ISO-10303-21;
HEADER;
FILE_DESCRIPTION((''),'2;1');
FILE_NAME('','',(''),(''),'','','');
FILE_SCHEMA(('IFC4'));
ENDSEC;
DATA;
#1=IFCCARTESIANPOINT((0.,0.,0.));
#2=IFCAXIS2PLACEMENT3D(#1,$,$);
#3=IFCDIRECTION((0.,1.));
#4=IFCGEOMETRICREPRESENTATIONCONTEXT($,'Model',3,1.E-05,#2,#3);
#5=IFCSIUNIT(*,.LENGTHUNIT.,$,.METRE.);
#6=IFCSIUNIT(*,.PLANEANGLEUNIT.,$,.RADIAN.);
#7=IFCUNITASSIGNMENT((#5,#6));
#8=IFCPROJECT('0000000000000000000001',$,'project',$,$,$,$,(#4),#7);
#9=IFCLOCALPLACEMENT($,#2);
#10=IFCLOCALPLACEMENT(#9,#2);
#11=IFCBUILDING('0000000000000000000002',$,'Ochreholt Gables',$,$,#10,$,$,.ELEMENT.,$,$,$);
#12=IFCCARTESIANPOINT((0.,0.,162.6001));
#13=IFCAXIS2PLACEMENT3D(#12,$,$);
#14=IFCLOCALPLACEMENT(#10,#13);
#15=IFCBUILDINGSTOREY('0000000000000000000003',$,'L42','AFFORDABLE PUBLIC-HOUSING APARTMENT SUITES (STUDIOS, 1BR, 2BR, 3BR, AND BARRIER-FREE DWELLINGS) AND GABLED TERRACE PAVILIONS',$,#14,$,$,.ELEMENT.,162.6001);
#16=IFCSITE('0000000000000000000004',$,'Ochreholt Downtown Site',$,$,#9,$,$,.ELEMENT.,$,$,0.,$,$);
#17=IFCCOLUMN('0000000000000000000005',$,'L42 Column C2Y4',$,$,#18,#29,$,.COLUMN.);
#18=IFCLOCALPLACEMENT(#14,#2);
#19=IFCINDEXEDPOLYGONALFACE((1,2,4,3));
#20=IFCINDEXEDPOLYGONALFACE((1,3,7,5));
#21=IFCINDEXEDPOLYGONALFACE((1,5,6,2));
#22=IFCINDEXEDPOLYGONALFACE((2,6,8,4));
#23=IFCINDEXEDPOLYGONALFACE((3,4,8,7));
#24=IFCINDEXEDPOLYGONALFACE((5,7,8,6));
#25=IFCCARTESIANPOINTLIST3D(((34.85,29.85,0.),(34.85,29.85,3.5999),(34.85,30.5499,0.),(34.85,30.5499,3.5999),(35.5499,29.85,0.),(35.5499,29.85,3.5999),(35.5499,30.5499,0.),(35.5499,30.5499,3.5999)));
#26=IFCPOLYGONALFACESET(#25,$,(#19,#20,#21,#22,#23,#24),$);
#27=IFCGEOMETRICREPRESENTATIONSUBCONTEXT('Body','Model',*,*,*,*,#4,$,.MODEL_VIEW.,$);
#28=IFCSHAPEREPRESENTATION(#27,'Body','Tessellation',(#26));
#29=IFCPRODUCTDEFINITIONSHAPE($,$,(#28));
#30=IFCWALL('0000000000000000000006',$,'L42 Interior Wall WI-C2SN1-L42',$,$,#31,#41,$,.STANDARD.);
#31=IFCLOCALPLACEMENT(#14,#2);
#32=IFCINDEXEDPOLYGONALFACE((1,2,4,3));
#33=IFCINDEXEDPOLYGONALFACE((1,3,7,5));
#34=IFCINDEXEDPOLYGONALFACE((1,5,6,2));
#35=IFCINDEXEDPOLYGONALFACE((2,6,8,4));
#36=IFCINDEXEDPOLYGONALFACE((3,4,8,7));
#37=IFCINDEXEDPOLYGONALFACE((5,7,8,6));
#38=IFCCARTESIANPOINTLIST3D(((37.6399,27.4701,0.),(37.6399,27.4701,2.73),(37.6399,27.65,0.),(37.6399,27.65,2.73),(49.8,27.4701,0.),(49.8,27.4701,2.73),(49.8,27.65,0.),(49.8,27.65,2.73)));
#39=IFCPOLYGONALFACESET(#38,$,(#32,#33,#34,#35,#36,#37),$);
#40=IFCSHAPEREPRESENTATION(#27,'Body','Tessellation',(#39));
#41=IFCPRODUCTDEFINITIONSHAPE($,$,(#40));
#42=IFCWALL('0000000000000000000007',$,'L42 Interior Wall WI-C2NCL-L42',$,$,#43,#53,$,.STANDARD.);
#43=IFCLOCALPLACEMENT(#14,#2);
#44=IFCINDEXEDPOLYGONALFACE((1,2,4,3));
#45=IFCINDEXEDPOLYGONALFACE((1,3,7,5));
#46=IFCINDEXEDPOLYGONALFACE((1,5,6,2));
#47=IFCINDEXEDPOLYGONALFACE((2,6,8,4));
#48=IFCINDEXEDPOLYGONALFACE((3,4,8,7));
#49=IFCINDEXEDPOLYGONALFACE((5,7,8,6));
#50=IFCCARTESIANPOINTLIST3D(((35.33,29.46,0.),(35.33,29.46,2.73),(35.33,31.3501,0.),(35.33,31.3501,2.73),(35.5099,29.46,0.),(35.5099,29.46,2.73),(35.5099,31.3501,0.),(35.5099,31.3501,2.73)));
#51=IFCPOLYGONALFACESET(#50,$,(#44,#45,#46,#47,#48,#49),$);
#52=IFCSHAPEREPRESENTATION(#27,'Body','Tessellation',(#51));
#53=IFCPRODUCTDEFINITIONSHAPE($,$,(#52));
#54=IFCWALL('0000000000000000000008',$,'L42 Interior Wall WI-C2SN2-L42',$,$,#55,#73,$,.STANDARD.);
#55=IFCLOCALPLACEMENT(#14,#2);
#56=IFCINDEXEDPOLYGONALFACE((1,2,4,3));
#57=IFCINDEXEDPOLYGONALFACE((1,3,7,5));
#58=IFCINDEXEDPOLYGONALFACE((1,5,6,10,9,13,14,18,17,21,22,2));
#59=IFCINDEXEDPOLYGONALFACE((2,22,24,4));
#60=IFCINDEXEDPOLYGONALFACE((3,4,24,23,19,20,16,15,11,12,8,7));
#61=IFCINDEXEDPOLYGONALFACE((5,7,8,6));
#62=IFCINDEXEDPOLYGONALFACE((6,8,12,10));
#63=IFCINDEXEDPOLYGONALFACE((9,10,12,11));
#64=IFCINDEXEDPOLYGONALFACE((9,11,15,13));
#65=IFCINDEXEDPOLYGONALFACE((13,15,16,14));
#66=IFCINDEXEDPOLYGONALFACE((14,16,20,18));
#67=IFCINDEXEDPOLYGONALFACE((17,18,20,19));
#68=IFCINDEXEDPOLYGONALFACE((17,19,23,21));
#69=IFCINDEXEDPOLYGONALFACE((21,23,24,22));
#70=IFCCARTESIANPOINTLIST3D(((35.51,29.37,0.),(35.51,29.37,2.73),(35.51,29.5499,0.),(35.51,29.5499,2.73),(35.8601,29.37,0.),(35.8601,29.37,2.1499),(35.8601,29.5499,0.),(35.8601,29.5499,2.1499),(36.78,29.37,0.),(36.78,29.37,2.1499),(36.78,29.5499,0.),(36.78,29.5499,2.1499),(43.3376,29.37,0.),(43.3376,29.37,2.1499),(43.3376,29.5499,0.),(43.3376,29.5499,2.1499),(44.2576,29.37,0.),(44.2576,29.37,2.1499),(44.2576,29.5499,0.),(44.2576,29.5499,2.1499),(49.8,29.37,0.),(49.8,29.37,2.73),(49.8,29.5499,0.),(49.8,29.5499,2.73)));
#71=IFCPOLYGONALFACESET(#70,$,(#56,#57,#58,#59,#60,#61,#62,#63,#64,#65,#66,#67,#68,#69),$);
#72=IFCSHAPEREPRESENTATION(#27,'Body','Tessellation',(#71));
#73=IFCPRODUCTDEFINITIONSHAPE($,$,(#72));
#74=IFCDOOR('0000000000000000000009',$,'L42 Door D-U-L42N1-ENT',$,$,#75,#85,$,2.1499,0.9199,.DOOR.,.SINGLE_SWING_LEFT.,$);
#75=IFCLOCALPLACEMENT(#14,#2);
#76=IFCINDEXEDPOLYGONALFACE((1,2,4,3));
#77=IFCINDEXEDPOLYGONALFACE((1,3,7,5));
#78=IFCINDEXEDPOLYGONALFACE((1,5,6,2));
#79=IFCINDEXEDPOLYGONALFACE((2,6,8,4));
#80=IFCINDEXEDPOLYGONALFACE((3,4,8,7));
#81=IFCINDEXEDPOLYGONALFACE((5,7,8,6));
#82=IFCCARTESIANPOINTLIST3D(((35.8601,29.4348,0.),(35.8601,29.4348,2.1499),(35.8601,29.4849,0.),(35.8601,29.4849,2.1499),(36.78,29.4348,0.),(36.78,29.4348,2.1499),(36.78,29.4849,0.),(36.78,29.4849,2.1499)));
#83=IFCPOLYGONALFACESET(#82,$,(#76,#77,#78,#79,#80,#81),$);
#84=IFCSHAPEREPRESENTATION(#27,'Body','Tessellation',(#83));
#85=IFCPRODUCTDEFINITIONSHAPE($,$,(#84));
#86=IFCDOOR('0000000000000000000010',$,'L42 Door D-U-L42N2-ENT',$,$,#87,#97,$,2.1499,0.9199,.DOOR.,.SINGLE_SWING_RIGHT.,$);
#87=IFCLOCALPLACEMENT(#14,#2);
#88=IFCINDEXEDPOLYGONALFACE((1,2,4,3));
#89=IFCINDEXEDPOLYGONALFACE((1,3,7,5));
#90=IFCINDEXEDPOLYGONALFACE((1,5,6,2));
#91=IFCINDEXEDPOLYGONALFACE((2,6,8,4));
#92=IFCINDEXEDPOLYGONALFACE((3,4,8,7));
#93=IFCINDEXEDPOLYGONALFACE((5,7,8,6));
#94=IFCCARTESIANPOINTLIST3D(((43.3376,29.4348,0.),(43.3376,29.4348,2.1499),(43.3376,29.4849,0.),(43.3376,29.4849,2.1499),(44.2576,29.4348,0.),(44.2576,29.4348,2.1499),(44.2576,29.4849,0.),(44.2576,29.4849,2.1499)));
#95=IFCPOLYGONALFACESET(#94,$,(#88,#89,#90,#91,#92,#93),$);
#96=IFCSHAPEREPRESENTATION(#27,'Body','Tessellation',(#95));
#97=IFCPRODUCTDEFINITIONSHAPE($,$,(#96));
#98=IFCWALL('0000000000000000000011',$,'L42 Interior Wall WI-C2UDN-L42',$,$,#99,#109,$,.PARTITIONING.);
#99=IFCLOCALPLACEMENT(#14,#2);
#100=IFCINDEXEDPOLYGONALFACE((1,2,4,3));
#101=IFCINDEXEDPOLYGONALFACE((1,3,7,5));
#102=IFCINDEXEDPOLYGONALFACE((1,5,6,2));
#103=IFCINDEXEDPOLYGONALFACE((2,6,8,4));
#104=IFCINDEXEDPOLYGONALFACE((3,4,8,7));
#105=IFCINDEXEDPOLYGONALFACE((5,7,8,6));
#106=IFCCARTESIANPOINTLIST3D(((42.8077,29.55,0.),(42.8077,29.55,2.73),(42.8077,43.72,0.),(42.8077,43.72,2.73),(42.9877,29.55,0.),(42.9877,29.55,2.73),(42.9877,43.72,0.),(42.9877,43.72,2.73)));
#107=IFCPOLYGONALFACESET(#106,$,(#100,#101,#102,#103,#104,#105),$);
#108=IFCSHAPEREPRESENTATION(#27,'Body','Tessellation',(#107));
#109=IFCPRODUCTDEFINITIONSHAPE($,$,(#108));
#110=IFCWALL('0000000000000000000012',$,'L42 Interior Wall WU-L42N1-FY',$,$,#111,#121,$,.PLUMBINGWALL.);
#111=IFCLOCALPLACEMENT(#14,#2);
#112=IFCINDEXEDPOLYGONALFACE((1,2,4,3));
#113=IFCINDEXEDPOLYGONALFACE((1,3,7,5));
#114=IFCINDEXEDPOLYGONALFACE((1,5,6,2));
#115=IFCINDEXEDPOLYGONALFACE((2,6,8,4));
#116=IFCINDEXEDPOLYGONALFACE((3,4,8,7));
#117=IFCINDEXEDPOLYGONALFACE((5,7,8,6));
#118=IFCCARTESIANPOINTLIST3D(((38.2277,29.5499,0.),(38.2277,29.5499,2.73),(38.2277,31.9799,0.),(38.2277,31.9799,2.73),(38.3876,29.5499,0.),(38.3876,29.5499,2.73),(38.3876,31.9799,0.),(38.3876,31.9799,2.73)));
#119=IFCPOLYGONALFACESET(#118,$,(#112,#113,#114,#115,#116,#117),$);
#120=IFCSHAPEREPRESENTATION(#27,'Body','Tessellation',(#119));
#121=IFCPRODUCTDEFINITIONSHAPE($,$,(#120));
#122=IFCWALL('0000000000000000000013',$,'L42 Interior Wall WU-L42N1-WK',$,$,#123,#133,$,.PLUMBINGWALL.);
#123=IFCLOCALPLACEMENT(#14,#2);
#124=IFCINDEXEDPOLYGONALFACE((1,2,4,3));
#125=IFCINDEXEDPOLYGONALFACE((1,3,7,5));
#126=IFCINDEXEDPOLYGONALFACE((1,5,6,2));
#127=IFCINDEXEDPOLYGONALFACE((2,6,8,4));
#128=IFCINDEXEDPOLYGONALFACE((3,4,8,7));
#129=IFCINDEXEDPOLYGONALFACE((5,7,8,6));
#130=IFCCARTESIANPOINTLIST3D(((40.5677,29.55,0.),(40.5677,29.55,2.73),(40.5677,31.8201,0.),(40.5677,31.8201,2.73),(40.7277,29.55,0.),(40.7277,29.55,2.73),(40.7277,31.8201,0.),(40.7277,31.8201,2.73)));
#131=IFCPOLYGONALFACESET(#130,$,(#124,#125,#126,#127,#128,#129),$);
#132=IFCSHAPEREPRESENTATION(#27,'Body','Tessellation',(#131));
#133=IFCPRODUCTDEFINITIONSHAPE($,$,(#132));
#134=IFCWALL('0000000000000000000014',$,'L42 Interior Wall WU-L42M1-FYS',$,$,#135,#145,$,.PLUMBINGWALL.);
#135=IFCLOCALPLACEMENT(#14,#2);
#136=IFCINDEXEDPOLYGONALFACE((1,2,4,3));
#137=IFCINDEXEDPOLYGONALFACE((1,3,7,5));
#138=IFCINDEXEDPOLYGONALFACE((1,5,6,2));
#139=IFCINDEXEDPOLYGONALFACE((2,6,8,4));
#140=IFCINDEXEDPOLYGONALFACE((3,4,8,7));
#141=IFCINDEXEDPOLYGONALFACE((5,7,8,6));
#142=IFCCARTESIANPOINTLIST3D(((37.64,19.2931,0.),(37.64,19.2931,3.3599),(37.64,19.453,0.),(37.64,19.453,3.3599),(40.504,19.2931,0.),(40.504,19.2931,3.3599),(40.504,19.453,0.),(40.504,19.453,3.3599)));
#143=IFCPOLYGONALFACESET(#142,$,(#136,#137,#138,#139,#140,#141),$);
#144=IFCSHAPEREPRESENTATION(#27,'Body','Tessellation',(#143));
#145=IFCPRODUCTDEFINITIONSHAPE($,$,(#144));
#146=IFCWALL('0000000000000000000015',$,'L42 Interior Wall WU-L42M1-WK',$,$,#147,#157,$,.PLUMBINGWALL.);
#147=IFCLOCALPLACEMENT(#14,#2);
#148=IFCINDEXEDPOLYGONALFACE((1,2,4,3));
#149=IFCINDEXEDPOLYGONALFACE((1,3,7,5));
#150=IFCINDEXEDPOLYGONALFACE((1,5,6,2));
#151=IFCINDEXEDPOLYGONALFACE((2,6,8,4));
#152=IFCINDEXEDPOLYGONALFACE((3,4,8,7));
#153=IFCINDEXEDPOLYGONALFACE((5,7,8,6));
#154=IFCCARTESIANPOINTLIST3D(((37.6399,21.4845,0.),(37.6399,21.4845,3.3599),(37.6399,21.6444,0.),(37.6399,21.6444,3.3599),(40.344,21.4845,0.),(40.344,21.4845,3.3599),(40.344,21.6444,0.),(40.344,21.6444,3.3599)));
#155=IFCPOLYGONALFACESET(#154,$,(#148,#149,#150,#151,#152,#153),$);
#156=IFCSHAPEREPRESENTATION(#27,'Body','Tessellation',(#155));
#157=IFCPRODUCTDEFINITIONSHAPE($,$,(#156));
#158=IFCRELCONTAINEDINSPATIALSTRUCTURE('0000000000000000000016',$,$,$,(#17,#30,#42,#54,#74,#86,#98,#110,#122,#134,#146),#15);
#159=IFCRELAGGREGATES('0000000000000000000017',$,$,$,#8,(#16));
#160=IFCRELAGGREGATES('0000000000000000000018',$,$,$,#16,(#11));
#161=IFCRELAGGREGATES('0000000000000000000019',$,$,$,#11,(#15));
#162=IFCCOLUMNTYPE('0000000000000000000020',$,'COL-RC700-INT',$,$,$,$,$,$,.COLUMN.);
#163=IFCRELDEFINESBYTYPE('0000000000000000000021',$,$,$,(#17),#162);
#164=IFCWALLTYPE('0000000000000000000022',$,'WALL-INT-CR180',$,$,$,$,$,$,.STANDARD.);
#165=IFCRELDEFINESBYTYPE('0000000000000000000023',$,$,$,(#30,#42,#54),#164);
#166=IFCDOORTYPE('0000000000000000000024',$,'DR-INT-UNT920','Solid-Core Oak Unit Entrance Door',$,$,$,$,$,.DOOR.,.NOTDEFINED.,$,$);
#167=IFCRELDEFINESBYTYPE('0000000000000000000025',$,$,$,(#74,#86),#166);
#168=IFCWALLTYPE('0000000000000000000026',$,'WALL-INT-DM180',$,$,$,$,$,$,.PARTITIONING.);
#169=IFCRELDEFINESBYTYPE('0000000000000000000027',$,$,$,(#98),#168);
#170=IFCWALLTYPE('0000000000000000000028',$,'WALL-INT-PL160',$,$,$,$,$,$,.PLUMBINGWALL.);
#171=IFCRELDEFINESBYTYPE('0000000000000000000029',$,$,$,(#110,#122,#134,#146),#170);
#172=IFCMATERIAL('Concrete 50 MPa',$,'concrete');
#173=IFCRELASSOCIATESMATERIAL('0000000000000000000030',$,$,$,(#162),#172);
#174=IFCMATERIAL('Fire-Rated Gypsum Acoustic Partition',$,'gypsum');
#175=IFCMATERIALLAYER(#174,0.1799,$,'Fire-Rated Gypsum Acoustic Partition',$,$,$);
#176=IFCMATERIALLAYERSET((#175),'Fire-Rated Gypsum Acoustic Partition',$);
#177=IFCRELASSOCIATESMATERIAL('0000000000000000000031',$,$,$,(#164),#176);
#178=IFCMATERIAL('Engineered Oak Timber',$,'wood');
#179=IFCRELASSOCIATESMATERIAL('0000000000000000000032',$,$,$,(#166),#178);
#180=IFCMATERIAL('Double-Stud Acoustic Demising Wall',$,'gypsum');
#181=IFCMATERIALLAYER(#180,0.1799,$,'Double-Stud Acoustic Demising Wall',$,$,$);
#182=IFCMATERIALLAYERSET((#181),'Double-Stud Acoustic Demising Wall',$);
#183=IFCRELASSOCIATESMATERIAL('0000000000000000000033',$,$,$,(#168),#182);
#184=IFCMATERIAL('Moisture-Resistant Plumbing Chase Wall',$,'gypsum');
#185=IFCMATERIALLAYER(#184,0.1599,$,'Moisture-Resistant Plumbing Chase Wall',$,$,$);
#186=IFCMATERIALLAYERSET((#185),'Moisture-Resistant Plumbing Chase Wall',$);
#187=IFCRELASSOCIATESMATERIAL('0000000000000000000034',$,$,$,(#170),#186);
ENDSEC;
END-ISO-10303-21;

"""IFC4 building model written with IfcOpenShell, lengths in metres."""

from ifc_helpers import new_model, si_unit, direction, frame, frame_2d, origin, origin_2d, place, context, subcontext, project, spatial, rectangle, extrude, material, layer, layer_set, material_profile, profile_set, type_object, element, fill, save


model = new_model("IFC4")

# Units and contexts
model_context = context("Model", 3, precision=1e-05, world=origin(), true_north=direction((0.0, 1.0)))
body_context = subcontext(model_context, "Body", "Model", "MODEL_VIEW")
ifc_project = project(units=[si_unit("LENGTHUNIT", "METRE"), si_unit("PLANEANGLEUNIT", "RADIAN")], contexts=[model_context])

# Site, building, storey
site_placement = place(None, origin())
site = spatial("IfcSite", under=ifc_project, at=site_placement, Name="Ochreholt Downtown Site", CompositionType="ELEMENT", RefElevation=0.0)
building_placement = place(site_placement, origin())
building = spatial("IfcBuilding", under=site, at=building_placement, Name="Ochreholt Gables", CompositionType="ELEMENT")
storey_placement = place(building_placement, frame((0.0, 0.0, 162.6001)))
storey = spatial("IfcBuildingStorey", under=building, at=storey_placement, Name="L42", Description="AFFORDABLE PUBLIC-HOUSING APARTMENT SUITES (STUDIOS, 1BR, 2BR, 3BR, AND BARRIER-FREE DWELLINGS) AND GABLED TERRACE PAVILIONS", CompositionType="ELEMENT", Elevation=162.6001)

# Column
ifc_material_1 = material(Name="Concrete 50 MPa", Category="concrete")
ifc_material_profile = material_profile(ifc_material_1, rectangle(XDim=0.7, YDim=0.7, at=origin_2d()), Name="RC700X700")
ifc_profile_set = profile_set([ifc_material_profile], Name="Concrete 50 MPa")
column_type = type_object("IfcColumnType", Name="COL-RC700-INT", PredefinedType="COLUMN", material=ifc_profile_set)
column_placement = place(storey_placement, frame((35.2, 30.2, 0.0), z_axis=(0.0, 0.0, 1.0), x_axis=(1.0, 0.0, 0.0)))
element("IfcColumn", 1, at=column_placement, inside=storey, type_object=column_type, Name="L42 Column C2Y4", PredefinedType="COLUMN", context=body_context, shape_type="SweptSolid", body=[
    extrude(rectangle(XDim=0.7, YDim=0.7, at=origin_2d()), origin(), (0.0, 0.0, 1.0), 3.5999),
])

# Walls
ifc_material_2 = material(Name="Fire-Rated Gypsum Acoustic Partition", Category="gypsum")
ifc_layer_1 = layer(ifc_material_2, 0.1799, Name="Fire-Rated Gypsum Acoustic Partition")
ifc_layer_set_1 = layer_set([ifc_layer_1], Name="Fire-Rated Gypsum Acoustic Partition")
wall_type_1 = type_object("IfcWallType", Name="WALL-INT-CR180", PredefinedType="STANDARD", material=ifc_layer_set_1)
wall_1_placement = place(storey_placement, frame((37.6399, 27.5601, 0.0), z_axis=(0.0, 0.0, 1.0), x_axis=(1.0, 0.0, 0.0)))
element("IfcWall", 2, at=wall_1_placement, inside=storey, type_object=wall_type_1, Name="L42 Interior Wall WI-C2SN1-L42", PredefinedType="STANDARD", context=body_context, shape_type="SweptSolid", body=[
    extrude(rectangle(XDim=12.1602, YDim=0.1799, at=frame_2d((6.0801, 0.0))), origin(), (0.0, 0.0, 1.0), 2.73),
])
wall_2_placement = place(storey_placement, frame((35.4199, 29.46, 0.0), z_axis=(0.0, 0.0, 1.0), x_axis=(0.0, 1.0, 0.0)))
element("IfcWall", 3, at=wall_2_placement, inside=storey, type_object=wall_type_1, Name="L42 Interior Wall WI-C2NCL-L42", PredefinedType="STANDARD", context=body_context, shape_type="SweptSolid", body=[
    extrude(rectangle(XDim=1.8901, YDim=0.1799, at=frame_2d((0.9451, 0.0))), origin(), (0.0, 0.0, 1.0), 2.73),
])

# Wall, openings, doors
wall_3_placement = place(storey_placement, frame((35.51, 29.46, 0.0), z_axis=(0.0, 0.0, 1.0), x_axis=(1.0, 0.0, 0.0)))
wall_3 = element("IfcWall", 4, at=wall_3_placement, inside=storey, type_object=wall_type_1, Name="L42 Interior Wall WI-C2SN2-L42", PredefinedType="STANDARD", context=body_context, shape_type="SweptSolid", body=[
    extrude(rectangle(XDim=14.29, YDim=0.1799, at=frame_2d((7.145, 0.0))), origin(), (0.0, 0.0, 1.0), 2.73),
])
opening_1_placement = place(wall_3_placement, frame((0.3501, 0.0, 0.0)))
opening_1 = element("IfcOpeningElement", 5, at=opening_1_placement, cuts=wall_3, PredefinedType="OPENING", context=body_context, shape_type="SweptSolid", body=[
    extrude(rectangle(XDim=0.9199, YDim=2.1499, at=frame_2d((0.46, 1.075))), frame((0.0, 0.0999, 0.0), z_axis=(0.0, -1.0, 0.0), x_axis=(1.0, 0.0, 0.0)), (0.0, 0.0, 1.0), 0.2),
])
opening_2_placement = place(wall_3_placement, frame((7.8276, 0.0, 0.0)))
opening_2 = element("IfcOpeningElement", 6, at=opening_2_placement, cuts=wall_3, PredefinedType="OPENING", context=body_context, shape_type="SweptSolid", body=[
    extrude(rectangle(XDim=0.9199, YDim=2.1499, at=frame_2d((0.46, 1.075))), frame((0.0, 0.0999, 0.0), z_axis=(0.0, -1.0, 0.0), x_axis=(1.0, 0.0, 0.0)), (0.0, 0.0, 1.0), 0.2),
])
ifc_material_3 = material(Name="Engineered Oak Timber", Category="wood")
door_type_1 = type_object("IfcDoorType", Name="DR-INT-UNT920", Description="Solid-Core Oak Unit Entrance Door", OperationType="NOTDEFINED", PredefinedType="DOOR", material=ifc_material_3)
door_1_placement = place(opening_1_placement, origin())
door_1 = element("IfcDoor", 7, at=door_1_placement, inside=storey, type_object=door_type_1, Name="L42 Door D-U-L42N1-ENT", OperationType="SINGLE_SWING_LEFT", OverallHeight=2.1499, OverallWidth=0.9199, PredefinedType="DOOR", context=body_context, shape_type="SweptSolid", body=[
    extrude(rectangle(XDim=0.9199, YDim=2.1499, at=frame_2d((0.46, 1.075))), frame((0.0, 0.0249, 0.0), z_axis=(0.0, -1.0, 0.0), x_axis=(1.0, 0.0, 0.0)), (0.0, 0.0, 1.0), 0.05),
])
fill(opening_1, door_1)
door_2_placement = place(opening_2_placement, origin())
door_2 = element("IfcDoor", 8, at=door_2_placement, inside=storey, type_object=door_type_1, Name="L42 Door D-U-L42N2-ENT", OperationType="SINGLE_SWING_RIGHT", OverallHeight=2.1499, OverallWidth=0.9199, PredefinedType="DOOR", context=body_context, shape_type="SweptSolid", body=[
    extrude(rectangle(XDim=0.9199, YDim=2.1499, at=frame_2d((0.46, 1.075))), frame((0.0, 0.0249, 0.0), z_axis=(0.0, -1.0, 0.0), x_axis=(1.0, 0.0, 0.0)), (0.0, 0.0, 1.0), 0.05),
])
fill(opening_2, door_2)

# Walls
ifc_material_4 = material(Name="Double-Stud Acoustic Demising Wall", Category="gypsum")
ifc_layer_2 = layer(ifc_material_4, 0.1799, Name="Double-Stud Acoustic Demising Wall")
ifc_layer_set_2 = layer_set([ifc_layer_2], Name="Double-Stud Acoustic Demising Wall")
wall_type_2 = type_object("IfcWallType", Name="WALL-INT-DM180", PredefinedType="PARTITIONING", material=ifc_layer_set_2)
wall_4_placement = place(storey_placement, frame((42.8977, 29.55, 0.0), z_axis=(0.0, 0.0, 1.0), x_axis=(0.0, 1.0, 0.0)))
element("IfcWall", 9, at=wall_4_placement, inside=storey, type_object=wall_type_2, Name="L42 Interior Wall WI-C2UDN-L42", PredefinedType="PARTITIONING", context=body_context, shape_type="SweptSolid", body=[
    extrude(rectangle(XDim=14.1699, YDim=0.1799, at=frame_2d((7.085, 0.0))), origin(), (0.0, 0.0, 1.0), 2.73),
])
ifc_material_5 = material(Name="Moisture-Resistant Plumbing Chase Wall", Category="gypsum")
ifc_layer_3 = layer(ifc_material_5, 0.1599, Name="Moisture-Resistant Plumbing Chase Wall")
ifc_layer_set_3 = layer_set([ifc_layer_3], Name="Moisture-Resistant Plumbing Chase Wall")
wall_type_3 = type_object("IfcWallType", Name="WALL-INT-PL160", PredefinedType="PLUMBINGWALL", material=ifc_layer_set_3)
wall_5_placement = place(storey_placement, frame((38.3076, 29.55, 0.0), z_axis=(0.0, 0.0, 1.0), x_axis=(0.0, 1.0, 0.0)))
element("IfcWall", 10, at=wall_5_placement, inside=storey, type_object=wall_type_3, Name="L42 Interior Wall WU-L42N1-FY", PredefinedType="PLUMBINGWALL", context=body_context, shape_type="SweptSolid", body=[
    extrude(rectangle(XDim=2.4299, YDim=0.1599, at=frame_2d((1.2148, 0.0))), origin(), (0.0, 0.0, 1.0), 2.73),
])
wall_6_placement = place(storey_placement, frame((40.6477, 29.55, 0.0), z_axis=(0.0, 0.0, 1.0), x_axis=(0.0, 1.0, 0.0)))
element("IfcWall", 11, at=wall_6_placement, inside=storey, type_object=wall_type_3, Name="L42 Interior Wall WU-L42N1-WK", PredefinedType="PLUMBINGWALL", context=body_context, shape_type="SweptSolid", body=[
    extrude(rectangle(XDim=2.27, YDim=0.1599, at=frame_2d((1.135, 0.0))), origin(), (0.0, 0.0, 1.0), 2.73),
])
wall_7_placement = place(storey_placement, frame((37.6399, 19.373, 0.0), z_axis=(0.0, 0.0, 1.0), x_axis=(1.0, 0.0, 0.0)))
element("IfcWall", 12, at=wall_7_placement, inside=storey, type_object=wall_type_3, Name="L42 Interior Wall WU-L42M1-FYS", PredefinedType="PLUMBINGWALL", context=body_context, shape_type="SweptSolid", body=[
    extrude(rectangle(XDim=2.864, YDim=0.1599, at=frame_2d((1.4321, 0.0))), origin(), (0.0, 0.0, 1.0), 3.3599),
])
wall_8_placement = place(storey_placement, frame((37.6399, 21.5645, 0.0), z_axis=(0.0, 0.0, 1.0), x_axis=(1.0, 0.0, 0.0)))
element("IfcWall", 13, at=wall_8_placement, inside=storey, type_object=wall_type_3, Name="L42 Interior Wall WU-L42M1-WK", PredefinedType="PLUMBINGWALL", context=body_context, shape_type="SweptSolid", body=[
    extrude(rectangle(XDim=2.7041, YDim=0.1599, at=frame_2d((1.3521, 0.0))), origin(), (0.0, 0.0, 1.0), 3.3599),
])

save(model, "model.ifc")
